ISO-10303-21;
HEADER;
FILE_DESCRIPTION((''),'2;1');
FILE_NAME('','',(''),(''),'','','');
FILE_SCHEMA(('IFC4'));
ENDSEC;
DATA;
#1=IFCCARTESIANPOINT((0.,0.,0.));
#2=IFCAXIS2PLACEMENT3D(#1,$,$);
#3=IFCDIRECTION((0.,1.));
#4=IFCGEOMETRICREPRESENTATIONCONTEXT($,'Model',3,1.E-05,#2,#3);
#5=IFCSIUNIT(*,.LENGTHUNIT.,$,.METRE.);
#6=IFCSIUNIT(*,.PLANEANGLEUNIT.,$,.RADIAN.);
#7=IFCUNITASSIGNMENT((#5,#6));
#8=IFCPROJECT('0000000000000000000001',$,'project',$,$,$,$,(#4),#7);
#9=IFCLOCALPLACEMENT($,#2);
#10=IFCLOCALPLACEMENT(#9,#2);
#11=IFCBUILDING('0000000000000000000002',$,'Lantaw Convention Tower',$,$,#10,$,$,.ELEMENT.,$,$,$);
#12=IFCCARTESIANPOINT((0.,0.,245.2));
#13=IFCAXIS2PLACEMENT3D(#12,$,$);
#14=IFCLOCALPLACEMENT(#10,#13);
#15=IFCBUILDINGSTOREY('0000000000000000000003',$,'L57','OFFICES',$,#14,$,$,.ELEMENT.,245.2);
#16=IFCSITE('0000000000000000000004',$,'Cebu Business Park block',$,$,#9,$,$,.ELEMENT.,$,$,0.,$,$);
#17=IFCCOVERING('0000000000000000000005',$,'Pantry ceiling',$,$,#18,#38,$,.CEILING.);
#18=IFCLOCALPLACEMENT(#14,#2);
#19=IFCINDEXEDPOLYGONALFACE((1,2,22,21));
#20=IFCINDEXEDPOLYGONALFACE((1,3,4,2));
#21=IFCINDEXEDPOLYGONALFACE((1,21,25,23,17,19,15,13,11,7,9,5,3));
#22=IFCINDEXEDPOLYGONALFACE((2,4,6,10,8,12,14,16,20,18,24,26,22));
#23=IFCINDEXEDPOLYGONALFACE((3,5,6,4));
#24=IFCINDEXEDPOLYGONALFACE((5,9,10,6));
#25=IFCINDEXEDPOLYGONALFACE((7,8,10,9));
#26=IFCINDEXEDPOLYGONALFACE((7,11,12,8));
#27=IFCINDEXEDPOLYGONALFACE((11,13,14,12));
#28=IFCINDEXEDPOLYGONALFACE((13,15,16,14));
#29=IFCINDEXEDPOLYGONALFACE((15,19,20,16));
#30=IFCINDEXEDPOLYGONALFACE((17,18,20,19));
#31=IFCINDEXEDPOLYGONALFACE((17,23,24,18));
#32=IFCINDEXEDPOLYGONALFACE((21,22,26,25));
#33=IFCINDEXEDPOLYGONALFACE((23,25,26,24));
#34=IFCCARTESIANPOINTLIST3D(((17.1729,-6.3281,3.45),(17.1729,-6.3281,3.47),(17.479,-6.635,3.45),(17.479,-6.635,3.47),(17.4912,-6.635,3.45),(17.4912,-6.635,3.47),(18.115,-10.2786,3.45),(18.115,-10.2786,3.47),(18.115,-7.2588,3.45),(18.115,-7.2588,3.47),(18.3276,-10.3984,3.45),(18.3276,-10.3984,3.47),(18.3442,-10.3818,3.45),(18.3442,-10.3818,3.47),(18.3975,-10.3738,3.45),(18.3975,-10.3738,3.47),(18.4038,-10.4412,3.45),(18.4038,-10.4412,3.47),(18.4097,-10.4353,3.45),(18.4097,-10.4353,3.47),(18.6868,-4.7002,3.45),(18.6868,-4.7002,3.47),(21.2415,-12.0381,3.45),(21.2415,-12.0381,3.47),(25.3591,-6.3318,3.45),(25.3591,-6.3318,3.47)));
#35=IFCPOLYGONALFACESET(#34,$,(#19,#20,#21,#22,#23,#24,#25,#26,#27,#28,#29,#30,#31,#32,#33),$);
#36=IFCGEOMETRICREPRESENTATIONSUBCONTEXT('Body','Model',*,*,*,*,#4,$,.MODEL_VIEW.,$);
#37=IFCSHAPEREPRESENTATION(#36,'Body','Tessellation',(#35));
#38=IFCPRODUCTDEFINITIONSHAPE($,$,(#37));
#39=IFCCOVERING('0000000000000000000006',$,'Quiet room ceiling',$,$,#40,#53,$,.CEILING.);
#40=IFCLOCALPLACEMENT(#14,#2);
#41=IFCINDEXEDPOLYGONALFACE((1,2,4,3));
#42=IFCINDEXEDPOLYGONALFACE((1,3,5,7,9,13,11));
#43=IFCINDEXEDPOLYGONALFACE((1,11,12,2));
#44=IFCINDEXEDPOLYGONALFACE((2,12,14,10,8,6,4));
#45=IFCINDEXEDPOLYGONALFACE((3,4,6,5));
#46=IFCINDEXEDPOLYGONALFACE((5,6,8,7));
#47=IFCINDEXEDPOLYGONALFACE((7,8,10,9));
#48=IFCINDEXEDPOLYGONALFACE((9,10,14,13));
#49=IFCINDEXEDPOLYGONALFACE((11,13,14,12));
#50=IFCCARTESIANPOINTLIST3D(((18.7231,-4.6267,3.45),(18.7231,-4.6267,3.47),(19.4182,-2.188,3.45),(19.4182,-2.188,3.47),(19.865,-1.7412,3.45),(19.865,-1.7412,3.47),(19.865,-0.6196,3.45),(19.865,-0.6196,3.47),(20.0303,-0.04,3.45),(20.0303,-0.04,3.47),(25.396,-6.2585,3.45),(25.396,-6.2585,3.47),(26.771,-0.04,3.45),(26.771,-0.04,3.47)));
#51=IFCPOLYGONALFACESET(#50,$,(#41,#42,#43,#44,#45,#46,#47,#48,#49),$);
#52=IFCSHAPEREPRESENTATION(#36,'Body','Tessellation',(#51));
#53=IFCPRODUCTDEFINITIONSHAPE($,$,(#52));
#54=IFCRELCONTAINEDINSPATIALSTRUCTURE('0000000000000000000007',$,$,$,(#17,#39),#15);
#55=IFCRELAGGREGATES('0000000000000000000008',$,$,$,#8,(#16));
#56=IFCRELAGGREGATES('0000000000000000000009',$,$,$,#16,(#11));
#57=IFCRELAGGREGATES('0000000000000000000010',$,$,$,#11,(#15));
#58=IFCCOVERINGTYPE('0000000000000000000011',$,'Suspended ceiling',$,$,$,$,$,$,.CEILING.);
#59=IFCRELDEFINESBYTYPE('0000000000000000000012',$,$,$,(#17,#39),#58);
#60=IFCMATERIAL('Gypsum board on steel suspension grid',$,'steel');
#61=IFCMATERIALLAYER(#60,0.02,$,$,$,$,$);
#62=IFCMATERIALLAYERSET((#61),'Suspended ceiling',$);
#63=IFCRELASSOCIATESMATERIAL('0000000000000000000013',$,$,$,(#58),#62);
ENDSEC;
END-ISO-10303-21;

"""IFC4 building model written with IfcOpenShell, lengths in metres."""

from ifc_helpers import new_model, si_unit, direction, frame, origin, place, context, subcontext, project, spatial, polyline, outline, extrude, material, layer, layer_set, type_object, element, save


model = new_model("IFC4")

# Units and contexts
model_context = context("Model", 3, precision=1e-05, world=origin(), true_north=direction((0.0, 1.0)))
body_context = subcontext(model_context, "Body", "Model", "MODEL_VIEW")
ifc_project = project(units=[si_unit("LENGTHUNIT", "METRE"), si_unit("PLANEANGLEUNIT", "RADIAN")], contexts=[model_context])

# Site, building, storey
site_placement = place(None, origin())
site = spatial("IfcSite", under=ifc_project, at=site_placement, Name="Cebu Business Park block", CompositionType="ELEMENT", RefElevation=0.0)
building_placement = place(site_placement, origin())
building = spatial("IfcBuilding", under=site, at=building_placement, Name="Lantaw Convention Tower", CompositionType="ELEMENT")
storey_placement = place(building_placement, frame((0.0, 0.0, 245.2)))
storey = spatial("IfcBuildingStorey", under=building, at=storey_placement, Name="L57", Description="OFFICES", CompositionType="ELEMENT", Elevation=245.2)

# Coverings
ifc_material_1 = material(Name="Gypsum board on steel suspension grid", Category="steel")
ifc_layer_1 = layer(ifc_material_1, 0.02)
ifc_layer_set_1 = layer_set([ifc_layer_1], Name="Suspended ceiling")
covering_type = type_object("IfcCoveringType", Name="Suspended ceiling", PredefinedType="CEILING", material=ifc_layer_set_1)
covering_1_placement = place(storey_placement, frame((0.0, 0.0, 3.45)))
element("IfcCovering", 1, at=covering_1_placement, inside=storey, type_object=covering_type, Name="Pantry ceiling", PredefinedType="CEILING", context=body_context, shape_type="SweptSolid", body=[
    extrude(outline(polyline([(17.479, -6.635), (17.4912, -6.635), (18.115, -7.2588), (18.115, -10.2786), (18.3276, -10.3984), (18.3442, -10.3818), (18.3975, -10.3738), (18.4097, -10.4353), (18.4038, -10.4412), (21.2415, -12.0381), (25.3591, -6.3318), (18.6868, -4.7002), (17.1729, -6.3281), (17.479, -6.635)])), origin(), (0.0, 0.0, 1.0), 0.02),
])
covering_2_placement = place(storey_placement, frame((0.0, 0.0, 3.45)))
element("IfcCovering", 2, at=covering_2_placement, inside=storey, type_object=covering_type, Name="Quiet room ceiling", PredefinedType="CEILING", context=body_context, shape_type="SweptSolid", body=[
    extrude(outline(polyline([(19.4182, -2.188), (18.7231, -4.6267), (25.396, -6.2585), (26.771, -0.04), (20.0303, -0.04), (19.865, -0.6196), (19.865, -1.7412), (19.4182, -2.188)])), origin(), (0.0, 0.0, 1.0), 0.02),
])

save(model, "model.ifc")
